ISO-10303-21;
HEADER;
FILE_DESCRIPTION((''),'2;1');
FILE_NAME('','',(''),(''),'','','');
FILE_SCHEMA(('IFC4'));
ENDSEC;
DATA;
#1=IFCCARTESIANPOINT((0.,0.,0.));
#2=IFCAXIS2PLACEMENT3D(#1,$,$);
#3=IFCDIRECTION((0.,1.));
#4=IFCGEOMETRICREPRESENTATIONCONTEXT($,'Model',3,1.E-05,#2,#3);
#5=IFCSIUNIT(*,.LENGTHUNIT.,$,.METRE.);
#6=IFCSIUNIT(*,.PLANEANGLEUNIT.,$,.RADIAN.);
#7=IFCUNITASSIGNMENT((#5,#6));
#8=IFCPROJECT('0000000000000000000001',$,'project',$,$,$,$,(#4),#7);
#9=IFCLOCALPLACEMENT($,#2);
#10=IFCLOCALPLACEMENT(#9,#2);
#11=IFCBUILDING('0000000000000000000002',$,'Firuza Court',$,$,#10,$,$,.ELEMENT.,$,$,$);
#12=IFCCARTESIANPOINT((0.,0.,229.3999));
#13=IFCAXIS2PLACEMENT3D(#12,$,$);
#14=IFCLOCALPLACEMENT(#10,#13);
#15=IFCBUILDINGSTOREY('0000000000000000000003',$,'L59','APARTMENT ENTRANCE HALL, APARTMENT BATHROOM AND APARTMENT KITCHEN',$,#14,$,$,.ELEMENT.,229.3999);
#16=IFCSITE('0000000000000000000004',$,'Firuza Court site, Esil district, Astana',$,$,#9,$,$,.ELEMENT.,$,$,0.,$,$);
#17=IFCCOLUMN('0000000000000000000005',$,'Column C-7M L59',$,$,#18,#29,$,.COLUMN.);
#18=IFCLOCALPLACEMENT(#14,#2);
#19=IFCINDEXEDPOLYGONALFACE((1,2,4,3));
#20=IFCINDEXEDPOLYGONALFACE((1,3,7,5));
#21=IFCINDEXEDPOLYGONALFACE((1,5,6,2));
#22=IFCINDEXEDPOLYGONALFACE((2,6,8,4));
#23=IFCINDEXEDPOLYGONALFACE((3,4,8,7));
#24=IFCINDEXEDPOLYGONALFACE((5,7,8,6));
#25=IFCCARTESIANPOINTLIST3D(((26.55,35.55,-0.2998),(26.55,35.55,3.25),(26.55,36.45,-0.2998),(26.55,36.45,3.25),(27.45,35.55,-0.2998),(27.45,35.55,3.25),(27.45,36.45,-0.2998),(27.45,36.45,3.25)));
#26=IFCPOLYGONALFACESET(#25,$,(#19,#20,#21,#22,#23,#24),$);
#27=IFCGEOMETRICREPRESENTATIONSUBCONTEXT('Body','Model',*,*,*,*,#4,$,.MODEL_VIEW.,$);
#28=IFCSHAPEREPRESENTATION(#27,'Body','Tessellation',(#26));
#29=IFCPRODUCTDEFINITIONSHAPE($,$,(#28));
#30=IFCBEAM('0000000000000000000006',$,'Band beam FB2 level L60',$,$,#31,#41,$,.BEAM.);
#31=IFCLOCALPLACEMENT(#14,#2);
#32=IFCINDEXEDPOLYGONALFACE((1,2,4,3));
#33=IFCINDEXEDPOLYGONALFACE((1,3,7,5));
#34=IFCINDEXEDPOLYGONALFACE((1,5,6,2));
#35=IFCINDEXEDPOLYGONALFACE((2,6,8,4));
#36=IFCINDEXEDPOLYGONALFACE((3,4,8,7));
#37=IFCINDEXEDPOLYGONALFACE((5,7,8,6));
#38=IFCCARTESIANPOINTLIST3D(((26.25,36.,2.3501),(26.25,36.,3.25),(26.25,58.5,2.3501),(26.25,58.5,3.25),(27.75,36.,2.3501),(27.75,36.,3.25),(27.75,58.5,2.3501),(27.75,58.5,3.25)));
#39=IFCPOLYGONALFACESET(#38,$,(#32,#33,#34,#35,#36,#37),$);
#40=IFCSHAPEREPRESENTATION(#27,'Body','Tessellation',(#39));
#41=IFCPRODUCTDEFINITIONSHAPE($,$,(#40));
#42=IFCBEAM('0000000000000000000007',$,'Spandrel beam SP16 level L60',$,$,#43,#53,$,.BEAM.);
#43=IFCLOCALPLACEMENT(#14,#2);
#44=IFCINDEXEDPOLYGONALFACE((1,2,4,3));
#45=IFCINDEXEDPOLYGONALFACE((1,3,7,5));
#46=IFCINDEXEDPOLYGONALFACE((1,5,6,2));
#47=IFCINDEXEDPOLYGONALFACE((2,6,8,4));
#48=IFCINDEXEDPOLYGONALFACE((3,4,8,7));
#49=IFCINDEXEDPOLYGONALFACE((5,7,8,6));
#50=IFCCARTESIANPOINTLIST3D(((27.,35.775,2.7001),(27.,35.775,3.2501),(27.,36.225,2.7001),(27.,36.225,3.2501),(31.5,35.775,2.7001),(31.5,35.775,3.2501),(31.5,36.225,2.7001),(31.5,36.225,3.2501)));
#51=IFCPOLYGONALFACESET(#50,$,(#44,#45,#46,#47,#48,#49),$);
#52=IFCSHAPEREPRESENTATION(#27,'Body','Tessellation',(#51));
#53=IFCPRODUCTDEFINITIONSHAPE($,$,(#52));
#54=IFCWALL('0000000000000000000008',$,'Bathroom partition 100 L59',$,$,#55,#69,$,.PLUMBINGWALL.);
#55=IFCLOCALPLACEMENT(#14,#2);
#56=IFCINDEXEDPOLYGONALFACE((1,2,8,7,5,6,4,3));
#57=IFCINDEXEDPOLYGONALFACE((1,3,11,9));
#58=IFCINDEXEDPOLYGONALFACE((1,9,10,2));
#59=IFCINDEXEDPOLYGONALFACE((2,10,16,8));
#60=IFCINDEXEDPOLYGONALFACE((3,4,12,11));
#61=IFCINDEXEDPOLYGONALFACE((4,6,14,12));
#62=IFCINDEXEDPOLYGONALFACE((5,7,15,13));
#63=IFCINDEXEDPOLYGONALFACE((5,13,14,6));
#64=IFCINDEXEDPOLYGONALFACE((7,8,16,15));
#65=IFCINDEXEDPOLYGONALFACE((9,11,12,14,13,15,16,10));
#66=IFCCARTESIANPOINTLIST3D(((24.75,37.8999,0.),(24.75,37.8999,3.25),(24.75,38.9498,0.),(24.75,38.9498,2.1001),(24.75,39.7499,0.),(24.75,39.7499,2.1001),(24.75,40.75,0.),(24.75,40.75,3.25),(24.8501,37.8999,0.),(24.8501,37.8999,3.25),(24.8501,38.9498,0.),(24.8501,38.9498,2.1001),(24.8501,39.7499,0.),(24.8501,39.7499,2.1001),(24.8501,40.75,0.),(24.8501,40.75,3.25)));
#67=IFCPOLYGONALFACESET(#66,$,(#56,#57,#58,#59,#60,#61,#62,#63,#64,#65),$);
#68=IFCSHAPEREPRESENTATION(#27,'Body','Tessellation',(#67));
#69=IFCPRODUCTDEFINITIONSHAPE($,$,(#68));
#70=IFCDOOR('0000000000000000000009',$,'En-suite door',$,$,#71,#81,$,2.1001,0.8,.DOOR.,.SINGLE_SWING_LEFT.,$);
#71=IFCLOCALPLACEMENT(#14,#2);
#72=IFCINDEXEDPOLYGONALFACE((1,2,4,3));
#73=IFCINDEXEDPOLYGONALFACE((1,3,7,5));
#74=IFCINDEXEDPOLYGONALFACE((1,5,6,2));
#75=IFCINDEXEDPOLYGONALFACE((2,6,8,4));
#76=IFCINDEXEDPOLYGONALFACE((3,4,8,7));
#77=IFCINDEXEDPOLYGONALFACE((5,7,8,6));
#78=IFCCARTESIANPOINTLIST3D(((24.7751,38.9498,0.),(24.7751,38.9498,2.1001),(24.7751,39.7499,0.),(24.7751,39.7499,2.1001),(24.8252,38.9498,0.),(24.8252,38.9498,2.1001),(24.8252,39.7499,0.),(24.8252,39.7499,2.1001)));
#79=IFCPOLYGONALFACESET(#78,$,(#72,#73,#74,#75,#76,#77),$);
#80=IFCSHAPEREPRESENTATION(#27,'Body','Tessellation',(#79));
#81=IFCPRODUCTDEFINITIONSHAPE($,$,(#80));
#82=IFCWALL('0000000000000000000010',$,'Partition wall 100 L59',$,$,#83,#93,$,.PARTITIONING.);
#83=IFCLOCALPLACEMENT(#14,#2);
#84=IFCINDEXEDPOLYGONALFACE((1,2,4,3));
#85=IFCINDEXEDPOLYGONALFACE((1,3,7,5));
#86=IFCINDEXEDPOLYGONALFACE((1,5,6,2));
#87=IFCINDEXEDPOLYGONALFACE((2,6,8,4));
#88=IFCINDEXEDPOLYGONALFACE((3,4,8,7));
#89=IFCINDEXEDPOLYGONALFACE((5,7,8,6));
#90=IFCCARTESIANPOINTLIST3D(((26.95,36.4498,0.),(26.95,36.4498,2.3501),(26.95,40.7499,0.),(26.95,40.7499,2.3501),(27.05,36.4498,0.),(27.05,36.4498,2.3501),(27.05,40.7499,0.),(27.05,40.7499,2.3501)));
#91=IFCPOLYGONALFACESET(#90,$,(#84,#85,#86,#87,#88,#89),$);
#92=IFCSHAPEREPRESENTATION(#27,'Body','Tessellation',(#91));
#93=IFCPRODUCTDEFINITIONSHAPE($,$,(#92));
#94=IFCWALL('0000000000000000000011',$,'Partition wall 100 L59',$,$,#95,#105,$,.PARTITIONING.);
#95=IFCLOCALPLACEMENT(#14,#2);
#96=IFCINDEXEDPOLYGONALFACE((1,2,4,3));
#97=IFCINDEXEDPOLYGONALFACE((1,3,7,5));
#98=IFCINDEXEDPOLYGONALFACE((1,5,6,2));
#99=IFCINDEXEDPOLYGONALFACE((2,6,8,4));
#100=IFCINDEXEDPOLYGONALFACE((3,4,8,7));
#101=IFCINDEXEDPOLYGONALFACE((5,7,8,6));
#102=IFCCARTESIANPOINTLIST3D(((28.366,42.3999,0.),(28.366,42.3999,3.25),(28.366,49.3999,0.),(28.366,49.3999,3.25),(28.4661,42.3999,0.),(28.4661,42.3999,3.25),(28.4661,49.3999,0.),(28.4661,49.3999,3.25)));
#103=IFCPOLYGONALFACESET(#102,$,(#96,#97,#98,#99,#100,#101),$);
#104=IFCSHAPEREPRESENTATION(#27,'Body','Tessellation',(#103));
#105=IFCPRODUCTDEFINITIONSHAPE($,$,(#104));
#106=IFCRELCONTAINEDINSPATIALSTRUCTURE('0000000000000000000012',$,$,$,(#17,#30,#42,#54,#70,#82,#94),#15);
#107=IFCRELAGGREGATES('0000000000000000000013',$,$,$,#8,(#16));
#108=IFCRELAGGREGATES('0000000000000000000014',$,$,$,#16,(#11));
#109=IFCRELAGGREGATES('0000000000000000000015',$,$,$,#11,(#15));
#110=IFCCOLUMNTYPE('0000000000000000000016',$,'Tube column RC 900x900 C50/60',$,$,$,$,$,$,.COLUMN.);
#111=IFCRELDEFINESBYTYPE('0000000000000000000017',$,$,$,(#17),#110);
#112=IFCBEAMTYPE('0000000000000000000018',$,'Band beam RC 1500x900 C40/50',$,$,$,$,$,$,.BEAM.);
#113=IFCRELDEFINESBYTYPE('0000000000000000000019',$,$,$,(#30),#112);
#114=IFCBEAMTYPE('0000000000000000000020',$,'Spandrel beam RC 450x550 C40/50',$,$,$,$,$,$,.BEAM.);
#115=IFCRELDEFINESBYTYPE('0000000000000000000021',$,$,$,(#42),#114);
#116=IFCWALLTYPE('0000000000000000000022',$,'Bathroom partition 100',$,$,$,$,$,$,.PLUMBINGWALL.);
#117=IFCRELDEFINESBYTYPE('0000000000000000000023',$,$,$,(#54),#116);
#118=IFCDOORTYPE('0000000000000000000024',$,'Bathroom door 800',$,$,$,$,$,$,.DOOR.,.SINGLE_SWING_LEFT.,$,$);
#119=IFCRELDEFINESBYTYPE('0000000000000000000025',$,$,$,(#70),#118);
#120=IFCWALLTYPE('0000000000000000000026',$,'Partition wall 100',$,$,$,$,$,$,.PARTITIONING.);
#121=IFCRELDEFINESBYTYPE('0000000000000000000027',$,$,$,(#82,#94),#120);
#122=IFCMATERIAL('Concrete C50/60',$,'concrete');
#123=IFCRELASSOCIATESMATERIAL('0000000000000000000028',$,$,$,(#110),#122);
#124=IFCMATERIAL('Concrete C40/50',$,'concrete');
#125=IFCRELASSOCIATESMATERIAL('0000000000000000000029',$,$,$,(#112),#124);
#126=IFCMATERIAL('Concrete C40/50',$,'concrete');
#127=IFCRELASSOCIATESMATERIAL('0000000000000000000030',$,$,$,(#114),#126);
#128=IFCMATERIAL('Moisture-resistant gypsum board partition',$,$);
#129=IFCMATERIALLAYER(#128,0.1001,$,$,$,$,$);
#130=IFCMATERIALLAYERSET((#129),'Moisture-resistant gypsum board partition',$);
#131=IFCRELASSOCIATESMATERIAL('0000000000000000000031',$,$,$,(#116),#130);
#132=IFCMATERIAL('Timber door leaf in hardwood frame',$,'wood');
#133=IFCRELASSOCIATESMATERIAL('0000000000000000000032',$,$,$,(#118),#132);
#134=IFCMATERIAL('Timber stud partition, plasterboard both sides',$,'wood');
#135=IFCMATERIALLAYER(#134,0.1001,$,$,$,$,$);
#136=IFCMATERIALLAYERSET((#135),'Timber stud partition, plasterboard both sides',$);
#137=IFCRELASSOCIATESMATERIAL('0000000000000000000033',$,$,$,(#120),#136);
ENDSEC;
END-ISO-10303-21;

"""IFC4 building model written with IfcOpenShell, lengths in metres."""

from ifc_helpers import new_model, si_unit, direction, frame, frame_2d, origin, origin_2d, place, context, subcontext, project, spatial, rectangle, extrude, material, layer, layer_set, material_profile, profile_set, type_object, element, fill, save


model = new_model("IFC4")

# Units and contexts
model_context = context("Model", 3, precision=1e-05, world=origin(), true_north=direction((0.0, 1.0)))
body_context = subcontext(model_context, "Body", "Model", "MODEL_VIEW")
ifc_project = project(units=[si_unit("LENGTHUNIT", "METRE"), si_unit("PLANEANGLEUNIT", "RADIAN")], contexts=[model_context])

# Site, building, storey
site_placement = place(None, origin())
site = spatial("IfcSite", under=ifc_project, at=site_placement, Name="Firuza Court site, Esil district, Astana", CompositionType="ELEMENT", RefElevation=0.0)
building_placement = place(site_placement, origin())
building = spatial("IfcBuilding", under=site, at=building_placement, Name="Firuza Court", CompositionType="ELEMENT")
storey_placement = place(building_placement, frame((0.0, 0.0, 229.3999)))
storey = spatial("IfcBuildingStorey", under=building, at=storey_placement, Name="L59", Description="APARTMENT ENTRANCE HALL, APARTMENT BATHROOM AND APARTMENT KITCHEN", CompositionType="ELEMENT", Elevation=229.3999)

# Column
ifc_material_1 = material(Name="Concrete C50/60", Category="concrete")
ifc_material_profile_1 = material_profile(ifc_material_1, rectangle(XDim=0.8999, YDim=0.8999, at=origin_2d()), Name="RC 900x900")
ifc_profile_set_1 = profile_set([ifc_material_profile_1], Name="Concrete C50/60")
column_type = type_object("IfcColumnType", Name="Tube column RC 900x900 C50/60", PredefinedType="COLUMN", material=ifc_profile_set_1)
column_placement = place(storey_placement, frame((27.0, 36.0, -0.2998), z_axis=(0.0, 0.0, 1.0), x_axis=(1.0, 0.0, 0.0)))
element("IfcColumn", 1, at=column_placement, inside=storey, type_object=column_type, Name="Column C-7M L59", PredefinedType="COLUMN", context=body_context, shape_type="SweptSolid", body=[
    extrude(rectangle(XDim=0.8999, YDim=0.8999, at=origin_2d()), origin(), (0.0, 0.0, 1.0), 3.5498),
])

# Beams
ifc_material_2 = material(Name="Concrete C40/50", Category="concrete")
ifc_material_profile_2 = material_profile(ifc_material_2, rectangle(XDim=1.5, YDim=0.8999, at=origin_2d()), Name="RC 1500x900")
ifc_profile_set_2 = profile_set([ifc_material_profile_2], Name="Concrete C40/50")
beam_type_1 = type_object("IfcBeamType", Name="Band beam RC 1500x900 C40/50", PredefinedType="BEAM", material=ifc_profile_set_2)
beam_1_placement = place(storey_placement, frame((27.0, 36.0, 2.8), z_axis=(0.0, 1.0, 0.0), x_axis=(-1.0, 0.0, 0.0)))
element("IfcBeam", 2, at=beam_1_placement, inside=storey, type_object=beam_type_1, Name="Band beam FB2 level L60", PredefinedType="BEAM", context=body_context, shape_type="SweptSolid", body=[
    extrude(rectangle(XDim=1.5, YDim=0.8999, at=origin_2d()), origin(), (0.0, 0.0, 1.0), 22.5),
])
ifc_material_3 = material(Name="Concrete C40/50", Category="concrete")
ifc_material_profile_3 = material_profile(ifc_material_3, rectangle(XDim=0.45, YDim=0.55, at=origin_2d()), Name="RC 450x550")
ifc_profile_set_3 = profile_set([ifc_material_profile_3], Name="Concrete C40/50")
beam_type_2 = type_object("IfcBeamType", Name="Spandrel beam RC 450x550 C40/50", PredefinedType="BEAM", material=ifc_profile_set_3)
beam_2_placement = place(storey_placement, frame((27.0, 36.0, 2.9751), z_axis=(1.0, 0.0, 0.0), x_axis=(0.0, 1.0, 0.0)))
element("IfcBeam", 3, at=beam_2_placement, inside=storey, type_object=beam_type_2, Name="Spandrel beam SP16 level L60", PredefinedType="BEAM", context=body_context, shape_type="SweptSolid", body=[
    extrude(rectangle(XDim=0.45, YDim=0.55, at=origin_2d()), origin(), (0.0, 0.0, 1.0), 4.5),
])

# Wall, opening, door
ifc_material_4 = material(Name="Moisture-resistant gypsum board partition")
ifc_layer_1 = layer(ifc_material_4, 0.1001)
ifc_layer_set_1 = layer_set([ifc_layer_1], Name="Moisture-resistant gypsum board partition")
wall_type_1 = type_object("IfcWallType", Name="Bathroom partition 100", PredefinedType="PLUMBINGWALL", material=ifc_layer_set_1)
wall_1_placement = place(storey_placement, frame((24.8, 37.8999, 0.0), z_axis=(0.0, 0.0, 1.0), x_axis=(0.0, 1.0, 0.0)))
wall_1 = element("IfcWall", 4, at=wall_1_placement, inside=storey, type_object=wall_type_1, Name="Bathroom partition 100 L59", PredefinedType="PLUMBINGWALL", context=body_context, shape_type="SweptSolid", body=[
    extrude(rectangle(XDim=2.8501, YDim=0.1001, at=frame_2d((1.425, 0.0))), origin(), (0.0, 0.0, 1.0), 3.25),
])
opening_1_placement = place(wall_1_placement, frame((1.05, 0.0, 0.0)))
opening_1 = element("IfcOpeningElement", 5, at=opening_1_placement, cuts=wall_1, PredefinedType="OPENING", context=body_context, shape_type="SweptSolid", body=[
    extrude(rectangle(XDim=0.8, YDim=2.1001, at=frame_2d((0.3999, 1.05))), frame((0.0, 0.062, 0.0), z_axis=(0.0, -1.0, 0.0), x_axis=(1.0, 0.0, 0.0)), (0.0, 0.0, 1.0), 0.124),
])
ifc_material_5 = material(Name="Timber door leaf in hardwood frame", Category="wood")
door_type = type_object("IfcDoorType", Name="Bathroom door 800", OperationType="SINGLE_SWING_LEFT", PredefinedType="DOOR", material=ifc_material_5)
door_placement = place(opening_1_placement, origin())
door = element("IfcDoor", 6, at=door_placement, inside=storey, type_object=door_type, Name="En-suite door", OperationType="SINGLE_SWING_LEFT", OverallHeight=2.1001, OverallWidth=0.8, PredefinedType="DOOR", context=body_context, shape_type="SweptSolid", body=[
    extrude(rectangle(XDim=0.8, YDim=2.1001, at=frame_2d((0.3999, 1.05))), frame((0.0, 0.0249, 0.0), z_axis=(0.0, -1.0, 0.0), x_axis=(1.0, 0.0, 0.0)), (0.0, 0.0, 1.0), 0.05),
])
fill(opening_1, door)

# Walls
ifc_material_6 = material(Name="Timber stud partition, plasterboard both sides", Category="wood")
ifc_layer_2 = layer(ifc_material_6, 0.1001)
ifc_layer_set_2 = layer_set([ifc_layer_2], Name="Timber stud partition, plasterboard both sides")
wall_type_2 = type_object("IfcWallType", Name="Partition wall 100", PredefinedType="PARTITIONING", material=ifc_layer_set_2)
wall_2_placement = place(storey_placement, frame((27.0, 36.45, 0.0), z_axis=(0.0, 0.0, 1.0), x_axis=(0.0, 1.0, 0.0)))
element("IfcWall", 7, at=wall_2_placement, inside=storey, type_object=wall_type_2, Name="Partition wall 100 L59", PredefinedType="PARTITIONING", context=body_context, shape_type="SweptSolid", body=[
    extrude(rectangle(XDim=4.3, YDim=0.1001, at=frame_2d((2.1499, 0.0))), origin(), (0.0, 0.0, 1.0), 2.3501),
])
wall_3_placement = place(storey_placement, frame((28.416, 42.3999, 0.0), z_axis=(0.0, 0.0, 1.0), x_axis=(0.0, 1.0, 0.0)))
element("IfcWall", 8, at=wall_3_placement, inside=storey, type_object=wall_type_2, Name="Partition wall 100 L59", PredefinedType="PARTITIONING", context=body_context, shape_type="SweptSolid", body=[
    extrude(rectangle(XDim=7.0, YDim=0.1001, at=frame_2d((3.5, 0.0))), origin(), (0.0, 0.0, 1.0), 3.25),
])

save(model, "model.ifc")
